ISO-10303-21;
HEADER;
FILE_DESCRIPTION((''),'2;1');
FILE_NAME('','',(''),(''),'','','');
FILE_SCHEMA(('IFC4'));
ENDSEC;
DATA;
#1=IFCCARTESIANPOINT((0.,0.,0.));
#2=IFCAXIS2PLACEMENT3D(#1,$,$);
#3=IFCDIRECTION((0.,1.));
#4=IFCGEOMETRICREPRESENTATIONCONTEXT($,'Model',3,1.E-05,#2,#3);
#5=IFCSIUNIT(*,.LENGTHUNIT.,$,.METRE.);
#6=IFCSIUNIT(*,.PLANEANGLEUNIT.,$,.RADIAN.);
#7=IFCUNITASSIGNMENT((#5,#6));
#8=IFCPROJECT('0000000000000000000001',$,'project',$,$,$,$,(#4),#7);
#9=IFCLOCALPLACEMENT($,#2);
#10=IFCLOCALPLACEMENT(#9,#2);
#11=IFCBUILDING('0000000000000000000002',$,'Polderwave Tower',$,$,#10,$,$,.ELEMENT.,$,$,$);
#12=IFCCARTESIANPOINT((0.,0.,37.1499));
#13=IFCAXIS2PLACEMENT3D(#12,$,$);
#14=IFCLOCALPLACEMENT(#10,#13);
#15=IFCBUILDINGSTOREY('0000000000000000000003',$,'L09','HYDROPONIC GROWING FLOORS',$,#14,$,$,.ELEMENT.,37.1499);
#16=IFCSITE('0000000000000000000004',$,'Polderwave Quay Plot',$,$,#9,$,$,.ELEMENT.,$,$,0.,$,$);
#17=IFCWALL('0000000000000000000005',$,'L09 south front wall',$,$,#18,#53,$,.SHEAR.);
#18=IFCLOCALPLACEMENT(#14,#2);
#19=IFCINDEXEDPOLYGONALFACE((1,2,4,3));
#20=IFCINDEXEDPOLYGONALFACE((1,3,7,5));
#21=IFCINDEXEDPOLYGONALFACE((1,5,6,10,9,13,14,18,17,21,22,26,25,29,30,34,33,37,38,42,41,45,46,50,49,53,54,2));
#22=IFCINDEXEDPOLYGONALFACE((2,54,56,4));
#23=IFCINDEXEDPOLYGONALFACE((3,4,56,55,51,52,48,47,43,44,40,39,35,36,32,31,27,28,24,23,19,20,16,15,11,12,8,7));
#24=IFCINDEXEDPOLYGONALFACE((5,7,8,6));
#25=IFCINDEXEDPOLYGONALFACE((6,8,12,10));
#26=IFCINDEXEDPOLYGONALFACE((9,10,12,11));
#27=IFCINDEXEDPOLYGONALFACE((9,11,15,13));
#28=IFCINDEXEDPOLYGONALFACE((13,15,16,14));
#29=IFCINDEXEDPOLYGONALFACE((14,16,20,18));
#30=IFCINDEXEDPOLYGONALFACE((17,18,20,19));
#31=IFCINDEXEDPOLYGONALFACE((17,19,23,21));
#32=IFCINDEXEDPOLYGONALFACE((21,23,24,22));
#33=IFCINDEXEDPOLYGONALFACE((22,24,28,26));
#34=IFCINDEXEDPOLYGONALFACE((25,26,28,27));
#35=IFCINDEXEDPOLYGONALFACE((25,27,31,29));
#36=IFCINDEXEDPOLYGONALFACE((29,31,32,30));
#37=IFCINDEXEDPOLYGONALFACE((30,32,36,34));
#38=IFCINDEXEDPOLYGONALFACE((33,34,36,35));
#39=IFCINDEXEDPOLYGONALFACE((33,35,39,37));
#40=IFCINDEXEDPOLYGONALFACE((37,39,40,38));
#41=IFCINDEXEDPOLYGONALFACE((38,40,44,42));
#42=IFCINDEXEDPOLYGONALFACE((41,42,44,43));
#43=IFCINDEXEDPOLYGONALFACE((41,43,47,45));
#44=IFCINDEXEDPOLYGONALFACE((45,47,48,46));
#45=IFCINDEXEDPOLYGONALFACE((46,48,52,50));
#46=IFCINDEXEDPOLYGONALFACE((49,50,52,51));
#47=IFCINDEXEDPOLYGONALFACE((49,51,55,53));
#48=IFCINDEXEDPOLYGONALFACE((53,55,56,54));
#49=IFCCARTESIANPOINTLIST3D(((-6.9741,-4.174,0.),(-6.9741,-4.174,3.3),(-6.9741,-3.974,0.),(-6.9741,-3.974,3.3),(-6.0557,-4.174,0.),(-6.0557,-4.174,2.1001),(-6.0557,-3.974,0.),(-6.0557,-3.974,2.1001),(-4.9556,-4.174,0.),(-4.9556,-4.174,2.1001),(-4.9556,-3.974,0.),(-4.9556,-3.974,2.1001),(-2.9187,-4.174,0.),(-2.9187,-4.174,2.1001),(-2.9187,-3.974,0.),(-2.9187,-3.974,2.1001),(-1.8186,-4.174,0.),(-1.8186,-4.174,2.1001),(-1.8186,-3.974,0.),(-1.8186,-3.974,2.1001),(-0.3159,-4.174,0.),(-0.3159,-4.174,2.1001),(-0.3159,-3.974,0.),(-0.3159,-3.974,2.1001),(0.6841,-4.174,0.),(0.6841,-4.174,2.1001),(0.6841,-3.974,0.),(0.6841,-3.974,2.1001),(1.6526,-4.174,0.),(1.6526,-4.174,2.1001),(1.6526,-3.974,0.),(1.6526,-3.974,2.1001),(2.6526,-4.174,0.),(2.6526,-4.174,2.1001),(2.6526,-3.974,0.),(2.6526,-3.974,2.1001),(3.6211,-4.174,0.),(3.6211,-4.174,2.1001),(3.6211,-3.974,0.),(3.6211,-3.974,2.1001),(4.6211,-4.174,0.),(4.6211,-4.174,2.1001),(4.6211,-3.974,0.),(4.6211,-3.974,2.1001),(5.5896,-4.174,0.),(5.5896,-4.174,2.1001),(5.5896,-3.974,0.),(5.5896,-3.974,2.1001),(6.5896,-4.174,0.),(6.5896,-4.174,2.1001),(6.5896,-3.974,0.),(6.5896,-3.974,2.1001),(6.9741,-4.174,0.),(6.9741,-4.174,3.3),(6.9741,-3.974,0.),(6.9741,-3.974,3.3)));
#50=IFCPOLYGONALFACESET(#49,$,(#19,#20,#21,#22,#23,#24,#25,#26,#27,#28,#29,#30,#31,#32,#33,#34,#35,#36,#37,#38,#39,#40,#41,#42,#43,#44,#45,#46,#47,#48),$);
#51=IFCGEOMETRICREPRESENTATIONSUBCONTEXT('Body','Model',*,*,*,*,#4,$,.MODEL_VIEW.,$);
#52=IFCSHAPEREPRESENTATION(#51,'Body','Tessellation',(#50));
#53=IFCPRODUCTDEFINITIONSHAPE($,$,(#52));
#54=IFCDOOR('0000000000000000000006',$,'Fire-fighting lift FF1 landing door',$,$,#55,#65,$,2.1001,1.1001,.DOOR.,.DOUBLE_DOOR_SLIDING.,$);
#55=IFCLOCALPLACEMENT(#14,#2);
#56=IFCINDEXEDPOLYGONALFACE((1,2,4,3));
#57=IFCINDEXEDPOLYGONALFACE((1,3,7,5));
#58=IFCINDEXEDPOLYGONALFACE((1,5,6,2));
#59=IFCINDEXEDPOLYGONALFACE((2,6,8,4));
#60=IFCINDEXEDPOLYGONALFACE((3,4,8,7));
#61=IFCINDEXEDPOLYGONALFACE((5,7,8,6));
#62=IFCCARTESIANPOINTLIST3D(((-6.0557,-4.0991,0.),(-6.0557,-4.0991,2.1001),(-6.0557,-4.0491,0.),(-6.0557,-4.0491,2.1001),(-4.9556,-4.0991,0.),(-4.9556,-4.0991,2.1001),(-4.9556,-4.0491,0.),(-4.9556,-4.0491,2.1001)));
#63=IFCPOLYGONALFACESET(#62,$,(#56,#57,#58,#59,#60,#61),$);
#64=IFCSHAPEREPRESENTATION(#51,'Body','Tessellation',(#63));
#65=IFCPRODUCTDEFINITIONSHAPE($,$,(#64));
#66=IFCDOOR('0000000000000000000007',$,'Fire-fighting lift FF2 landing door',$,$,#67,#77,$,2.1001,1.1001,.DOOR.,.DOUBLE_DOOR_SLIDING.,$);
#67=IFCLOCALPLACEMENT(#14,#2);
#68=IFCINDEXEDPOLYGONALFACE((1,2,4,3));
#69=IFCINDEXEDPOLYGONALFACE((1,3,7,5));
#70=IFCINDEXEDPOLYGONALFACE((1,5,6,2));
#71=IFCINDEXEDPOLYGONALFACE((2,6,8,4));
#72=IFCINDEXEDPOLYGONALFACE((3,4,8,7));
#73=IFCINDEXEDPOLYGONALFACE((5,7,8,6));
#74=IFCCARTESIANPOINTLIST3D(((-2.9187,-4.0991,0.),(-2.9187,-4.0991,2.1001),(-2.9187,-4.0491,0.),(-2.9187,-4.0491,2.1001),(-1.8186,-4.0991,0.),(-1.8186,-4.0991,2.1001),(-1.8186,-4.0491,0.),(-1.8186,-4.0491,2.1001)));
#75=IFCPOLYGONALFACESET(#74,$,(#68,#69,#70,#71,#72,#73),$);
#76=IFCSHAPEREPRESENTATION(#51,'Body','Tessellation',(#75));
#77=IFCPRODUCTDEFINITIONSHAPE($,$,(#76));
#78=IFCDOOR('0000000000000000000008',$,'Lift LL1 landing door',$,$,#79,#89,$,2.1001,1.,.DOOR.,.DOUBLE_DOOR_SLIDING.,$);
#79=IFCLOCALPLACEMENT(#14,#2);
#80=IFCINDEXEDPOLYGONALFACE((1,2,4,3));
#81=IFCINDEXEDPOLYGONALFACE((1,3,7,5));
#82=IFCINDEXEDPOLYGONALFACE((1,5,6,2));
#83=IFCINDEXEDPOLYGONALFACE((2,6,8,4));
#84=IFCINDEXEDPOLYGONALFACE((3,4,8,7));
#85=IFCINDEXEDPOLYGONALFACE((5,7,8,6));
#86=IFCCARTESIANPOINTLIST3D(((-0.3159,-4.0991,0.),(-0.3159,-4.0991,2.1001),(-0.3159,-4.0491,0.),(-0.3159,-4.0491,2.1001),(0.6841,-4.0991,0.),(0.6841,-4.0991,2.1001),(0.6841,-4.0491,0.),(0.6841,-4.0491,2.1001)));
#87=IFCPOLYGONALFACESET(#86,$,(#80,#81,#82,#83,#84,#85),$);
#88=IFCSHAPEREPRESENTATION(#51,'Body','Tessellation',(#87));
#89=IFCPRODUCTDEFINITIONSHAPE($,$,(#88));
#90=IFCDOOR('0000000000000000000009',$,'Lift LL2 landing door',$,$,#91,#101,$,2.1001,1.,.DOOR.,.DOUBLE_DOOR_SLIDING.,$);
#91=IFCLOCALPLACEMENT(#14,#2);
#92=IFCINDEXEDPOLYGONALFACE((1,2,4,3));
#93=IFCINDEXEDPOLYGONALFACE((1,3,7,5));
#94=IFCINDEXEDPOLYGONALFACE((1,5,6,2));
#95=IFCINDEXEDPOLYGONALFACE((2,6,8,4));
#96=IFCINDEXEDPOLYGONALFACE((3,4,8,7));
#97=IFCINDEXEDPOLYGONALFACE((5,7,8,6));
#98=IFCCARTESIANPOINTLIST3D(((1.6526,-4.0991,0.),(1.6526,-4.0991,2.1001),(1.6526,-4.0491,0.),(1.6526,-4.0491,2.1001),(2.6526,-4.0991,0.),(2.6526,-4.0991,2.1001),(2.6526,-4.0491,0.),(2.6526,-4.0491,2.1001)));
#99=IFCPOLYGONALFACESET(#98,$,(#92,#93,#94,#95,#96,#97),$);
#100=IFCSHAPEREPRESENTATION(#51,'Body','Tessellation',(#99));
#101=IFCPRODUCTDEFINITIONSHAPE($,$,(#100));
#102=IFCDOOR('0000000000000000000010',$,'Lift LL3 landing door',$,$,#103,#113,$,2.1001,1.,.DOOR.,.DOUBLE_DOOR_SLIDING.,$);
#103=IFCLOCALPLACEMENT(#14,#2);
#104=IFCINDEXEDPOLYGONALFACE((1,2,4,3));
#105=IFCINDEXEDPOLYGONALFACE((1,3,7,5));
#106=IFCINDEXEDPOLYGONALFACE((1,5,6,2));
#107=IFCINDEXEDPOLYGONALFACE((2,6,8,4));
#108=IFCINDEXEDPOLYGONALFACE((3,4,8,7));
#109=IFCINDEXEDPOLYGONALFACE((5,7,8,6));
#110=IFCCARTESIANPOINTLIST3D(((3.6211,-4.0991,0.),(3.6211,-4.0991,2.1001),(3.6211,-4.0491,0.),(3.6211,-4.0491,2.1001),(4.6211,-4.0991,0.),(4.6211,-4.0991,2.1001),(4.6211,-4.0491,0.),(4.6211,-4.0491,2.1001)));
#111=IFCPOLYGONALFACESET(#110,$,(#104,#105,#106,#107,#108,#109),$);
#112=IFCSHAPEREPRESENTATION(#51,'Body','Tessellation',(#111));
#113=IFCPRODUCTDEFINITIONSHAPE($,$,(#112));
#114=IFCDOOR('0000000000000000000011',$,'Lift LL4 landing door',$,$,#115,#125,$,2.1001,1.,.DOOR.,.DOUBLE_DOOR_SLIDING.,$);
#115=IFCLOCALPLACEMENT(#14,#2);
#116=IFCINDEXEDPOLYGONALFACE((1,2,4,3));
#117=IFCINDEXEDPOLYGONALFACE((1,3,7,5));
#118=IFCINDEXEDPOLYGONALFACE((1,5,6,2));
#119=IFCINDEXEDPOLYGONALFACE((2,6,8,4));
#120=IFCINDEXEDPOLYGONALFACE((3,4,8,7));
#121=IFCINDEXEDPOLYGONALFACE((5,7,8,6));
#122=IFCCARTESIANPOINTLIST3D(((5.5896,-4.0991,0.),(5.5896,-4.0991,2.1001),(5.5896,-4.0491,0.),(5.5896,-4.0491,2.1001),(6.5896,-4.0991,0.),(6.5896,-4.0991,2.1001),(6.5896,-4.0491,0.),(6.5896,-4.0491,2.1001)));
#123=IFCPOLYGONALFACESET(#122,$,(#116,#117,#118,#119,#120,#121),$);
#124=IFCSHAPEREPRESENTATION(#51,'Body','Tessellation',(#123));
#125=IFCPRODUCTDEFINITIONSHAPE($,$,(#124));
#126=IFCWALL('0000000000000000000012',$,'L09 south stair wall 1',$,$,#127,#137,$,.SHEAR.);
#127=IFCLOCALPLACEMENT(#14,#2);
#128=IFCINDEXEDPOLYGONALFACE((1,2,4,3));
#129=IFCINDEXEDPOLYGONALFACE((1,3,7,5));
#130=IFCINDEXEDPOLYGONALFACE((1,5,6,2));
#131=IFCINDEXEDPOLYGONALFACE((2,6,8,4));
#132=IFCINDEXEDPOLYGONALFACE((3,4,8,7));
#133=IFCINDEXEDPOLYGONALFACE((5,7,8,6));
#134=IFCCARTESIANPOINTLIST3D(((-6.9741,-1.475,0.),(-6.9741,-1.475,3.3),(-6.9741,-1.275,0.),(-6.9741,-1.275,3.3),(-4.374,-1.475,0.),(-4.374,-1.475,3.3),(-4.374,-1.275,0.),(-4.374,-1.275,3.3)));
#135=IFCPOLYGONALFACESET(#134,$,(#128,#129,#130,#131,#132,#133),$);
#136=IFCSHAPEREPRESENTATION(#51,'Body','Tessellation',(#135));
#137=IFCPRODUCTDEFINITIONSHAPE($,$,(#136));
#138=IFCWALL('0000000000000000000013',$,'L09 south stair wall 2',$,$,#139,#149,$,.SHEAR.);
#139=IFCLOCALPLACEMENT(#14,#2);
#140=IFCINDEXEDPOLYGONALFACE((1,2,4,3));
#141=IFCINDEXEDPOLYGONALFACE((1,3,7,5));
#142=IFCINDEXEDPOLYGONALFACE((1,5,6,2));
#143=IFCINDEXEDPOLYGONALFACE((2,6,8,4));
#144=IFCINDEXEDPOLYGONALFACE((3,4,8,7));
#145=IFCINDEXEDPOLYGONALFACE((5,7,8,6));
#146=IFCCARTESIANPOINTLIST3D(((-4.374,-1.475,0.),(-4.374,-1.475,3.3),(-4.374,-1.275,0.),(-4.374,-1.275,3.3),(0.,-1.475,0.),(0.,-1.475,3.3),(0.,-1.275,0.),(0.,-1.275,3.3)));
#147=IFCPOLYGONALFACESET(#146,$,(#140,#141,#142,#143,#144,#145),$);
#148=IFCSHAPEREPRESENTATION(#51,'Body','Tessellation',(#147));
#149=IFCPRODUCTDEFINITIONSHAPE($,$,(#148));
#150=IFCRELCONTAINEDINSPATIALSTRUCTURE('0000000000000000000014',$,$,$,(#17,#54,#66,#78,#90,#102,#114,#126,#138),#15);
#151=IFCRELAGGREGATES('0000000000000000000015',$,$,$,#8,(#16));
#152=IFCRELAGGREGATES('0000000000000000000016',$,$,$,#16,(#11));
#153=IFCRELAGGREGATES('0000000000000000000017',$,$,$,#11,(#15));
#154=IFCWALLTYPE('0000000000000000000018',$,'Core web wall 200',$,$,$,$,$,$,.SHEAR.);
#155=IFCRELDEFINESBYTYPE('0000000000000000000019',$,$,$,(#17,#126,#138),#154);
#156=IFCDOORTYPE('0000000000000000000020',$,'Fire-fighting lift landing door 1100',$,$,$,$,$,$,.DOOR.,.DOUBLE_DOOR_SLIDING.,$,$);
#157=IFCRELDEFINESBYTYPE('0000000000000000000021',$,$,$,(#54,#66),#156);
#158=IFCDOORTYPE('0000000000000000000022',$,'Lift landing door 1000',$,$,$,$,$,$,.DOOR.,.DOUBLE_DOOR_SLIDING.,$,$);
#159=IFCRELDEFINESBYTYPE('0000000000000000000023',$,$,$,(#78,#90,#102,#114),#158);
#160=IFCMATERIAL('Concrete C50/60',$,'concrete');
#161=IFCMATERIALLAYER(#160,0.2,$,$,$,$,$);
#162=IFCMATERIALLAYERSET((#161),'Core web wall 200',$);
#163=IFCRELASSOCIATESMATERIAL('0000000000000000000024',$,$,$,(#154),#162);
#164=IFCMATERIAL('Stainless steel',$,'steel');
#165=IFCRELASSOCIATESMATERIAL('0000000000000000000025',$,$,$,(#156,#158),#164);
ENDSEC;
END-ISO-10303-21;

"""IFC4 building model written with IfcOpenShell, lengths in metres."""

from ifc_helpers import new_model, si_unit, direction, frame, frame_2d, origin, place, context, subcontext, project, spatial, rectangle, extrude, material, layer, layer_set, type_object, element, fill, save


model = new_model("IFC4")

# Units and contexts
model_context = context("Model", 3, precision=1e-05, world=origin(), true_north=direction((0.0, 1.0)))
body_context = subcontext(model_context, "Body", "Model", "MODEL_VIEW")
ifc_project = project(units=[si_unit("LENGTHUNIT", "METRE"), si_unit("PLANEANGLEUNIT", "RADIAN")], contexts=[model_context])

# Site, building, storey
site_placement = place(None, origin())
site = spatial("IfcSite", under=ifc_project, at=site_placement, Name="Polderwave Quay Plot", CompositionType="ELEMENT", RefElevation=0.0)
building_placement = place(site_placement, origin())
building = spatial("IfcBuilding", under=site, at=building_placement, Name="Polderwave Tower", CompositionType="ELEMENT")
storey_placement = place(building_placement, frame((0.0, 0.0, 37.1499)))
storey = spatial("IfcBuildingStorey", under=building, at=storey_placement, Name="L09", Description="HYDROPONIC GROWING FLOORS", CompositionType="ELEMENT", Elevation=37.1499)

# Wall, openings, doors
ifc_material_1 = material(Name="Concrete C50/60", Category="concrete")
ifc_layer_1 = layer(ifc_material_1, 0.2)
ifc_layer_set_1 = layer_set([ifc_layer_1], Name="Core web wall 200")
wall_type_1 = type_object("IfcWallType", Name="Core web wall 200", PredefinedType="SHEAR", material=ifc_layer_set_1)
wall_1_placement = place(storey_placement, frame((-6.9741, -4.074, 0.0), z_axis=(0.0, 0.0, 1.0), x_axis=(1.0, 0.0, 0.0)))
wall_1 = element("IfcWall", 1, at=wall_1_placement, inside=storey, type_object=wall_type_1, Name="L09 south front wall", PredefinedType="SHEAR", context=body_context, shape_type="SweptSolid", body=[
    extrude(rectangle(XDim=13.9482, YDim=0.2, at=frame_2d((6.9741, 0.0))), origin(), (0.0, 0.0, 1.0), 3.3),
])
opening_1_placement = place(wall_1_placement, frame((0.9185, 0.0, 0.0)))
opening_1 = element("IfcOpeningElement", 2, at=opening_1_placement, cuts=wall_1, PredefinedType="OPENING", context=body_context, shape_type="SweptSolid", body=[
    extrude(rectangle(XDim=1.1001, YDim=2.1001, at=frame_2d((0.55, 1.05))), frame((0.0, 0.1099, 0.0), z_axis=(0.0, -1.0, 0.0), x_axis=(1.0, 0.0, 0.0)), (0.0, 0.0, 1.0), 0.22),
])
opening_2_placement = place(wall_1_placement, frame((4.0554, 0.0, 0.0)))
opening_2 = element("IfcOpeningElement", 3, at=opening_2_placement, cuts=wall_1, PredefinedType="OPENING", context=body_context, shape_type="SweptSolid", body=[
    extrude(rectangle(XDim=1.1001, YDim=2.1001, at=frame_2d((0.55, 1.05))), frame((0.0, 0.1099, 0.0), z_axis=(0.0, -1.0, 0.0), x_axis=(1.0, 0.0, 0.0)), (0.0, 0.0, 1.0), 0.22),
])
opening_3_placement = place(wall_1_placement, frame((6.6582, 0.0, 0.0)))
opening_3 = element("IfcOpeningElement", 4, at=opening_3_placement, cuts=wall_1, PredefinedType="OPENING", context=body_context, shape_type="SweptSolid", body=[
    extrude(rectangle(XDim=1.0, YDim=2.1001, at=frame_2d((0.5, 1.05))), frame((0.0, 0.1099, 0.0), z_axis=(0.0, -1.0, 0.0), x_axis=(1.0, 0.0, 0.0)), (0.0, 0.0, 1.0), 0.22),
])
opening_4_placement = place(wall_1_placement, frame((8.6267, 0.0, 0.0)))
opening_4 = element("IfcOpeningElement", 5, at=opening_4_placement, cuts=wall_1, PredefinedType="OPENING", context=body_context, shape_type="SweptSolid", body=[
    extrude(rectangle(XDim=1.0, YDim=2.1001, at=frame_2d((0.5, 1.05))), frame((0.0, 0.1099, 0.0), z_axis=(0.0, -1.0, 0.0), x_axis=(1.0, 0.0, 0.0)), (0.0, 0.0, 1.0), 0.22),
])
opening_5_placement = place(wall_1_placement, frame((10.5952, 0.0, 0.0)))
opening_5 = element("IfcOpeningElement", 6, at=opening_5_placement, cuts=wall_1, PredefinedType="OPENING", context=body_context, shape_type="SweptSolid", body=[
    extrude(rectangle(XDim=1.0, YDim=2.1001, at=frame_2d((0.5, 1.05))), frame((0.0, 0.1099, 0.0), z_axis=(0.0, -1.0, 0.0), x_axis=(1.0, 0.0, 0.0)), (0.0, 0.0, 1.0), 0.22),
])
opening_6_placement = place(wall_1_placement, frame((12.5637, 0.0, 0.0)))
opening_6 = element("IfcOpeningElement", 7, at=opening_6_placement, cuts=wall_1, PredefinedType="OPENING", context=body_context, shape_type="SweptSolid", body=[
    extrude(rectangle(XDim=1.0, YDim=2.1001, at=frame_2d((0.5, 1.05))), frame((0.0, 0.1099, 0.0), z_axis=(0.0, -1.0, 0.0), x_axis=(1.0, 0.0, 0.0)), (0.0, 0.0, 1.0), 0.22),
])
ifc_material_2 = material(Name="Stainless steel", Category="steel")
door_type_1 = type_object("IfcDoorType", Name="Fire-fighting lift landing door 1100", OperationType="DOUBLE_DOOR_SLIDING", PredefinedType="DOOR", material=ifc_material_2)
door_1_placement = place(opening_1_placement, origin())
door_1 = element("IfcDoor", 8, at=door_1_placement, inside=storey, type_object=door_type_1, Name="Fire-fighting lift FF1 landing door", OperationType="DOUBLE_DOOR_SLIDING", OverallHeight=2.1001, OverallWidth=1.1001, PredefinedType="DOOR", context=body_context, shape_type="SweptSolid", body=[
    extrude(rectangle(XDim=1.1001, YDim=2.1001, at=frame_2d((0.55, 1.05))), frame((0.0, 0.0249, 0.0), z_axis=(0.0, -1.0, 0.0), x_axis=(1.0, 0.0, 0.0)), (0.0, 0.0, 1.0), 0.05),
])
fill(opening_1, door_1)
door_2_placement = place(opening_2_placement, origin())
door_2 = element("IfcDoor", 9, at=door_2_placement, inside=storey, type_object=door_type_1, Name="Fire-fighting lift FF2 landing door", OperationType="DOUBLE_DOOR_SLIDING", OverallHeight=2.1001, OverallWidth=1.1001, PredefinedType="DOOR", context=body_context, shape_type="SweptSolid", body=[
    extrude(rectangle(XDim=1.1001, YDim=2.1001, at=frame_2d((0.55, 1.05))), frame((0.0, 0.0249, 0.0), z_axis=(0.0, -1.0, 0.0), x_axis=(1.0, 0.0, 0.0)), (0.0, 0.0, 1.0), 0.05),
])
fill(opening_2, door_2)
door_type_2 = type_object("IfcDoorType", Name="Lift landing door 1000", OperationType="DOUBLE_DOOR_SLIDING", PredefinedType="DOOR", material=ifc_material_2)
door_3_placement = place(opening_3_placement, origin())
door_3 = element("IfcDoor", 10, at=door_3_placement, inside=storey, type_object=door_type_2, Name="Lift LL1 landing door", OperationType="DOUBLE_DOOR_SLIDING", OverallHeight=2.1001, OverallWidth=1.0, PredefinedType="DOOR", context=body_context, shape_type="SweptSolid", body=[
    extrude(rectangle(XDim=1.0, YDim=2.1001, at=frame_2d((0.5, 1.05))), frame((0.0, 0.0249, 0.0), z_axis=(0.0, -1.0, 0.0), x_axis=(1.0, 0.0, 0.0)), (0.0, 0.0, 1.0), 0.05),
])
fill(opening_3, door_3)
door_4_placement = place(opening_4_placement, origin())
door_4 = element("IfcDoor", 11, at=door_4_placement, inside=storey, type_object=door_type_2, Name="Lift LL2 landing door", OperationType="DOUBLE_DOOR_SLIDING", OverallHeight=2.1001, OverallWidth=1.0, PredefinedType="DOOR", context=body_context, shape_type="SweptSolid", body=[
    extrude(rectangle(XDim=1.0, YDim=2.1001, at=frame_2d((0.5, 1.05))), frame((0.0, 0.0249, 0.0), z_axis=(0.0, -1.0, 0.0), x_axis=(1.0, 0.0, 0.0)), (0.0, 0.0, 1.0), 0.05),
])
fill(opening_4, door_4)
door_5_placement = place(opening_5_placement, origin())
door_5 = element("IfcDoor", 12, at=door_5_placement, inside=storey, type_object=door_type_2, Name="Lift LL3 landing door", OperationType="DOUBLE_DOOR_SLIDING", OverallHeight=2.1001, OverallWidth=1.0, PredefinedType="DOOR", context=body_context, shape_type="SweptSolid", body=[
    extrude(rectangle(XDim=1.0, YDim=2.1001, at=frame_2d((0.5, 1.05))), frame((0.0, 0.0249, 0.0), z_axis=(0.0, -1.0, 0.0), x_axis=(1.0, 0.0, 0.0)), (0.0, 0.0, 1.0), 0.05),
])
fill(opening_5, door_5)
door_6_placement = place(opening_6_placement, origin())
door_6 = element("IfcDoor", 13, at=door_6_placement, inside=storey, type_object=door_type_2, Name="Lift LL4 landing door", OperationType="DOUBLE_DOOR_SLIDING", OverallHeight=2.1001, OverallWidth=1.0, PredefinedType="DOOR", context=body_context, shape_type="SweptSolid", body=[
    extrude(rectangle(XDim=1.0, YDim=2.1001, at=frame_2d((0.5, 1.05))), frame((0.0, 0.0249, 0.0), z_axis=(0.0, -1.0, 0.0), x_axis=(1.0, 0.0, 0.0)), (0.0, 0.0, 1.0), 0.05),
])
fill(opening_6, door_6)

# Walls
wall_2_placement = place(storey_placement, frame((-6.9741, -1.375, 0.0), z_axis=(0.0, 0.0, 1.0), x_axis=(1.0, 0.0, 0.0)))
element("IfcWall", 14, at=wall_2_placement, inside=storey, type_object=wall_type_1, Name="L09 south stair wall 1", PredefinedType="SHEAR", context=body_context, shape_type="SweptSolid", body=[
    extrude(rectangle(XDim=2.6001, YDim=0.2, at=frame_2d((1.3, 0.0))), origin(), (0.0, 0.0, 1.0), 3.3),
])
wall_3_placement = place(storey_placement, frame((-4.374, -1.375, 0.0), z_axis=(0.0, 0.0, 1.0), x_axis=(1.0, 0.0, 0.0)))
element("IfcWall", 15, at=wall_3_placement, inside=storey, type_object=wall_type_1, Name="L09 south stair wall 2", PredefinedType="SHEAR", context=body_context, shape_type="SweptSolid", body=[
    extrude(rectangle(XDim=4.374, YDim=0.2, at=frame_2d((2.187, 0.0))), origin(), (0.0, 0.0, 1.0), 3.3),
])

save(model, "model.ifc")
